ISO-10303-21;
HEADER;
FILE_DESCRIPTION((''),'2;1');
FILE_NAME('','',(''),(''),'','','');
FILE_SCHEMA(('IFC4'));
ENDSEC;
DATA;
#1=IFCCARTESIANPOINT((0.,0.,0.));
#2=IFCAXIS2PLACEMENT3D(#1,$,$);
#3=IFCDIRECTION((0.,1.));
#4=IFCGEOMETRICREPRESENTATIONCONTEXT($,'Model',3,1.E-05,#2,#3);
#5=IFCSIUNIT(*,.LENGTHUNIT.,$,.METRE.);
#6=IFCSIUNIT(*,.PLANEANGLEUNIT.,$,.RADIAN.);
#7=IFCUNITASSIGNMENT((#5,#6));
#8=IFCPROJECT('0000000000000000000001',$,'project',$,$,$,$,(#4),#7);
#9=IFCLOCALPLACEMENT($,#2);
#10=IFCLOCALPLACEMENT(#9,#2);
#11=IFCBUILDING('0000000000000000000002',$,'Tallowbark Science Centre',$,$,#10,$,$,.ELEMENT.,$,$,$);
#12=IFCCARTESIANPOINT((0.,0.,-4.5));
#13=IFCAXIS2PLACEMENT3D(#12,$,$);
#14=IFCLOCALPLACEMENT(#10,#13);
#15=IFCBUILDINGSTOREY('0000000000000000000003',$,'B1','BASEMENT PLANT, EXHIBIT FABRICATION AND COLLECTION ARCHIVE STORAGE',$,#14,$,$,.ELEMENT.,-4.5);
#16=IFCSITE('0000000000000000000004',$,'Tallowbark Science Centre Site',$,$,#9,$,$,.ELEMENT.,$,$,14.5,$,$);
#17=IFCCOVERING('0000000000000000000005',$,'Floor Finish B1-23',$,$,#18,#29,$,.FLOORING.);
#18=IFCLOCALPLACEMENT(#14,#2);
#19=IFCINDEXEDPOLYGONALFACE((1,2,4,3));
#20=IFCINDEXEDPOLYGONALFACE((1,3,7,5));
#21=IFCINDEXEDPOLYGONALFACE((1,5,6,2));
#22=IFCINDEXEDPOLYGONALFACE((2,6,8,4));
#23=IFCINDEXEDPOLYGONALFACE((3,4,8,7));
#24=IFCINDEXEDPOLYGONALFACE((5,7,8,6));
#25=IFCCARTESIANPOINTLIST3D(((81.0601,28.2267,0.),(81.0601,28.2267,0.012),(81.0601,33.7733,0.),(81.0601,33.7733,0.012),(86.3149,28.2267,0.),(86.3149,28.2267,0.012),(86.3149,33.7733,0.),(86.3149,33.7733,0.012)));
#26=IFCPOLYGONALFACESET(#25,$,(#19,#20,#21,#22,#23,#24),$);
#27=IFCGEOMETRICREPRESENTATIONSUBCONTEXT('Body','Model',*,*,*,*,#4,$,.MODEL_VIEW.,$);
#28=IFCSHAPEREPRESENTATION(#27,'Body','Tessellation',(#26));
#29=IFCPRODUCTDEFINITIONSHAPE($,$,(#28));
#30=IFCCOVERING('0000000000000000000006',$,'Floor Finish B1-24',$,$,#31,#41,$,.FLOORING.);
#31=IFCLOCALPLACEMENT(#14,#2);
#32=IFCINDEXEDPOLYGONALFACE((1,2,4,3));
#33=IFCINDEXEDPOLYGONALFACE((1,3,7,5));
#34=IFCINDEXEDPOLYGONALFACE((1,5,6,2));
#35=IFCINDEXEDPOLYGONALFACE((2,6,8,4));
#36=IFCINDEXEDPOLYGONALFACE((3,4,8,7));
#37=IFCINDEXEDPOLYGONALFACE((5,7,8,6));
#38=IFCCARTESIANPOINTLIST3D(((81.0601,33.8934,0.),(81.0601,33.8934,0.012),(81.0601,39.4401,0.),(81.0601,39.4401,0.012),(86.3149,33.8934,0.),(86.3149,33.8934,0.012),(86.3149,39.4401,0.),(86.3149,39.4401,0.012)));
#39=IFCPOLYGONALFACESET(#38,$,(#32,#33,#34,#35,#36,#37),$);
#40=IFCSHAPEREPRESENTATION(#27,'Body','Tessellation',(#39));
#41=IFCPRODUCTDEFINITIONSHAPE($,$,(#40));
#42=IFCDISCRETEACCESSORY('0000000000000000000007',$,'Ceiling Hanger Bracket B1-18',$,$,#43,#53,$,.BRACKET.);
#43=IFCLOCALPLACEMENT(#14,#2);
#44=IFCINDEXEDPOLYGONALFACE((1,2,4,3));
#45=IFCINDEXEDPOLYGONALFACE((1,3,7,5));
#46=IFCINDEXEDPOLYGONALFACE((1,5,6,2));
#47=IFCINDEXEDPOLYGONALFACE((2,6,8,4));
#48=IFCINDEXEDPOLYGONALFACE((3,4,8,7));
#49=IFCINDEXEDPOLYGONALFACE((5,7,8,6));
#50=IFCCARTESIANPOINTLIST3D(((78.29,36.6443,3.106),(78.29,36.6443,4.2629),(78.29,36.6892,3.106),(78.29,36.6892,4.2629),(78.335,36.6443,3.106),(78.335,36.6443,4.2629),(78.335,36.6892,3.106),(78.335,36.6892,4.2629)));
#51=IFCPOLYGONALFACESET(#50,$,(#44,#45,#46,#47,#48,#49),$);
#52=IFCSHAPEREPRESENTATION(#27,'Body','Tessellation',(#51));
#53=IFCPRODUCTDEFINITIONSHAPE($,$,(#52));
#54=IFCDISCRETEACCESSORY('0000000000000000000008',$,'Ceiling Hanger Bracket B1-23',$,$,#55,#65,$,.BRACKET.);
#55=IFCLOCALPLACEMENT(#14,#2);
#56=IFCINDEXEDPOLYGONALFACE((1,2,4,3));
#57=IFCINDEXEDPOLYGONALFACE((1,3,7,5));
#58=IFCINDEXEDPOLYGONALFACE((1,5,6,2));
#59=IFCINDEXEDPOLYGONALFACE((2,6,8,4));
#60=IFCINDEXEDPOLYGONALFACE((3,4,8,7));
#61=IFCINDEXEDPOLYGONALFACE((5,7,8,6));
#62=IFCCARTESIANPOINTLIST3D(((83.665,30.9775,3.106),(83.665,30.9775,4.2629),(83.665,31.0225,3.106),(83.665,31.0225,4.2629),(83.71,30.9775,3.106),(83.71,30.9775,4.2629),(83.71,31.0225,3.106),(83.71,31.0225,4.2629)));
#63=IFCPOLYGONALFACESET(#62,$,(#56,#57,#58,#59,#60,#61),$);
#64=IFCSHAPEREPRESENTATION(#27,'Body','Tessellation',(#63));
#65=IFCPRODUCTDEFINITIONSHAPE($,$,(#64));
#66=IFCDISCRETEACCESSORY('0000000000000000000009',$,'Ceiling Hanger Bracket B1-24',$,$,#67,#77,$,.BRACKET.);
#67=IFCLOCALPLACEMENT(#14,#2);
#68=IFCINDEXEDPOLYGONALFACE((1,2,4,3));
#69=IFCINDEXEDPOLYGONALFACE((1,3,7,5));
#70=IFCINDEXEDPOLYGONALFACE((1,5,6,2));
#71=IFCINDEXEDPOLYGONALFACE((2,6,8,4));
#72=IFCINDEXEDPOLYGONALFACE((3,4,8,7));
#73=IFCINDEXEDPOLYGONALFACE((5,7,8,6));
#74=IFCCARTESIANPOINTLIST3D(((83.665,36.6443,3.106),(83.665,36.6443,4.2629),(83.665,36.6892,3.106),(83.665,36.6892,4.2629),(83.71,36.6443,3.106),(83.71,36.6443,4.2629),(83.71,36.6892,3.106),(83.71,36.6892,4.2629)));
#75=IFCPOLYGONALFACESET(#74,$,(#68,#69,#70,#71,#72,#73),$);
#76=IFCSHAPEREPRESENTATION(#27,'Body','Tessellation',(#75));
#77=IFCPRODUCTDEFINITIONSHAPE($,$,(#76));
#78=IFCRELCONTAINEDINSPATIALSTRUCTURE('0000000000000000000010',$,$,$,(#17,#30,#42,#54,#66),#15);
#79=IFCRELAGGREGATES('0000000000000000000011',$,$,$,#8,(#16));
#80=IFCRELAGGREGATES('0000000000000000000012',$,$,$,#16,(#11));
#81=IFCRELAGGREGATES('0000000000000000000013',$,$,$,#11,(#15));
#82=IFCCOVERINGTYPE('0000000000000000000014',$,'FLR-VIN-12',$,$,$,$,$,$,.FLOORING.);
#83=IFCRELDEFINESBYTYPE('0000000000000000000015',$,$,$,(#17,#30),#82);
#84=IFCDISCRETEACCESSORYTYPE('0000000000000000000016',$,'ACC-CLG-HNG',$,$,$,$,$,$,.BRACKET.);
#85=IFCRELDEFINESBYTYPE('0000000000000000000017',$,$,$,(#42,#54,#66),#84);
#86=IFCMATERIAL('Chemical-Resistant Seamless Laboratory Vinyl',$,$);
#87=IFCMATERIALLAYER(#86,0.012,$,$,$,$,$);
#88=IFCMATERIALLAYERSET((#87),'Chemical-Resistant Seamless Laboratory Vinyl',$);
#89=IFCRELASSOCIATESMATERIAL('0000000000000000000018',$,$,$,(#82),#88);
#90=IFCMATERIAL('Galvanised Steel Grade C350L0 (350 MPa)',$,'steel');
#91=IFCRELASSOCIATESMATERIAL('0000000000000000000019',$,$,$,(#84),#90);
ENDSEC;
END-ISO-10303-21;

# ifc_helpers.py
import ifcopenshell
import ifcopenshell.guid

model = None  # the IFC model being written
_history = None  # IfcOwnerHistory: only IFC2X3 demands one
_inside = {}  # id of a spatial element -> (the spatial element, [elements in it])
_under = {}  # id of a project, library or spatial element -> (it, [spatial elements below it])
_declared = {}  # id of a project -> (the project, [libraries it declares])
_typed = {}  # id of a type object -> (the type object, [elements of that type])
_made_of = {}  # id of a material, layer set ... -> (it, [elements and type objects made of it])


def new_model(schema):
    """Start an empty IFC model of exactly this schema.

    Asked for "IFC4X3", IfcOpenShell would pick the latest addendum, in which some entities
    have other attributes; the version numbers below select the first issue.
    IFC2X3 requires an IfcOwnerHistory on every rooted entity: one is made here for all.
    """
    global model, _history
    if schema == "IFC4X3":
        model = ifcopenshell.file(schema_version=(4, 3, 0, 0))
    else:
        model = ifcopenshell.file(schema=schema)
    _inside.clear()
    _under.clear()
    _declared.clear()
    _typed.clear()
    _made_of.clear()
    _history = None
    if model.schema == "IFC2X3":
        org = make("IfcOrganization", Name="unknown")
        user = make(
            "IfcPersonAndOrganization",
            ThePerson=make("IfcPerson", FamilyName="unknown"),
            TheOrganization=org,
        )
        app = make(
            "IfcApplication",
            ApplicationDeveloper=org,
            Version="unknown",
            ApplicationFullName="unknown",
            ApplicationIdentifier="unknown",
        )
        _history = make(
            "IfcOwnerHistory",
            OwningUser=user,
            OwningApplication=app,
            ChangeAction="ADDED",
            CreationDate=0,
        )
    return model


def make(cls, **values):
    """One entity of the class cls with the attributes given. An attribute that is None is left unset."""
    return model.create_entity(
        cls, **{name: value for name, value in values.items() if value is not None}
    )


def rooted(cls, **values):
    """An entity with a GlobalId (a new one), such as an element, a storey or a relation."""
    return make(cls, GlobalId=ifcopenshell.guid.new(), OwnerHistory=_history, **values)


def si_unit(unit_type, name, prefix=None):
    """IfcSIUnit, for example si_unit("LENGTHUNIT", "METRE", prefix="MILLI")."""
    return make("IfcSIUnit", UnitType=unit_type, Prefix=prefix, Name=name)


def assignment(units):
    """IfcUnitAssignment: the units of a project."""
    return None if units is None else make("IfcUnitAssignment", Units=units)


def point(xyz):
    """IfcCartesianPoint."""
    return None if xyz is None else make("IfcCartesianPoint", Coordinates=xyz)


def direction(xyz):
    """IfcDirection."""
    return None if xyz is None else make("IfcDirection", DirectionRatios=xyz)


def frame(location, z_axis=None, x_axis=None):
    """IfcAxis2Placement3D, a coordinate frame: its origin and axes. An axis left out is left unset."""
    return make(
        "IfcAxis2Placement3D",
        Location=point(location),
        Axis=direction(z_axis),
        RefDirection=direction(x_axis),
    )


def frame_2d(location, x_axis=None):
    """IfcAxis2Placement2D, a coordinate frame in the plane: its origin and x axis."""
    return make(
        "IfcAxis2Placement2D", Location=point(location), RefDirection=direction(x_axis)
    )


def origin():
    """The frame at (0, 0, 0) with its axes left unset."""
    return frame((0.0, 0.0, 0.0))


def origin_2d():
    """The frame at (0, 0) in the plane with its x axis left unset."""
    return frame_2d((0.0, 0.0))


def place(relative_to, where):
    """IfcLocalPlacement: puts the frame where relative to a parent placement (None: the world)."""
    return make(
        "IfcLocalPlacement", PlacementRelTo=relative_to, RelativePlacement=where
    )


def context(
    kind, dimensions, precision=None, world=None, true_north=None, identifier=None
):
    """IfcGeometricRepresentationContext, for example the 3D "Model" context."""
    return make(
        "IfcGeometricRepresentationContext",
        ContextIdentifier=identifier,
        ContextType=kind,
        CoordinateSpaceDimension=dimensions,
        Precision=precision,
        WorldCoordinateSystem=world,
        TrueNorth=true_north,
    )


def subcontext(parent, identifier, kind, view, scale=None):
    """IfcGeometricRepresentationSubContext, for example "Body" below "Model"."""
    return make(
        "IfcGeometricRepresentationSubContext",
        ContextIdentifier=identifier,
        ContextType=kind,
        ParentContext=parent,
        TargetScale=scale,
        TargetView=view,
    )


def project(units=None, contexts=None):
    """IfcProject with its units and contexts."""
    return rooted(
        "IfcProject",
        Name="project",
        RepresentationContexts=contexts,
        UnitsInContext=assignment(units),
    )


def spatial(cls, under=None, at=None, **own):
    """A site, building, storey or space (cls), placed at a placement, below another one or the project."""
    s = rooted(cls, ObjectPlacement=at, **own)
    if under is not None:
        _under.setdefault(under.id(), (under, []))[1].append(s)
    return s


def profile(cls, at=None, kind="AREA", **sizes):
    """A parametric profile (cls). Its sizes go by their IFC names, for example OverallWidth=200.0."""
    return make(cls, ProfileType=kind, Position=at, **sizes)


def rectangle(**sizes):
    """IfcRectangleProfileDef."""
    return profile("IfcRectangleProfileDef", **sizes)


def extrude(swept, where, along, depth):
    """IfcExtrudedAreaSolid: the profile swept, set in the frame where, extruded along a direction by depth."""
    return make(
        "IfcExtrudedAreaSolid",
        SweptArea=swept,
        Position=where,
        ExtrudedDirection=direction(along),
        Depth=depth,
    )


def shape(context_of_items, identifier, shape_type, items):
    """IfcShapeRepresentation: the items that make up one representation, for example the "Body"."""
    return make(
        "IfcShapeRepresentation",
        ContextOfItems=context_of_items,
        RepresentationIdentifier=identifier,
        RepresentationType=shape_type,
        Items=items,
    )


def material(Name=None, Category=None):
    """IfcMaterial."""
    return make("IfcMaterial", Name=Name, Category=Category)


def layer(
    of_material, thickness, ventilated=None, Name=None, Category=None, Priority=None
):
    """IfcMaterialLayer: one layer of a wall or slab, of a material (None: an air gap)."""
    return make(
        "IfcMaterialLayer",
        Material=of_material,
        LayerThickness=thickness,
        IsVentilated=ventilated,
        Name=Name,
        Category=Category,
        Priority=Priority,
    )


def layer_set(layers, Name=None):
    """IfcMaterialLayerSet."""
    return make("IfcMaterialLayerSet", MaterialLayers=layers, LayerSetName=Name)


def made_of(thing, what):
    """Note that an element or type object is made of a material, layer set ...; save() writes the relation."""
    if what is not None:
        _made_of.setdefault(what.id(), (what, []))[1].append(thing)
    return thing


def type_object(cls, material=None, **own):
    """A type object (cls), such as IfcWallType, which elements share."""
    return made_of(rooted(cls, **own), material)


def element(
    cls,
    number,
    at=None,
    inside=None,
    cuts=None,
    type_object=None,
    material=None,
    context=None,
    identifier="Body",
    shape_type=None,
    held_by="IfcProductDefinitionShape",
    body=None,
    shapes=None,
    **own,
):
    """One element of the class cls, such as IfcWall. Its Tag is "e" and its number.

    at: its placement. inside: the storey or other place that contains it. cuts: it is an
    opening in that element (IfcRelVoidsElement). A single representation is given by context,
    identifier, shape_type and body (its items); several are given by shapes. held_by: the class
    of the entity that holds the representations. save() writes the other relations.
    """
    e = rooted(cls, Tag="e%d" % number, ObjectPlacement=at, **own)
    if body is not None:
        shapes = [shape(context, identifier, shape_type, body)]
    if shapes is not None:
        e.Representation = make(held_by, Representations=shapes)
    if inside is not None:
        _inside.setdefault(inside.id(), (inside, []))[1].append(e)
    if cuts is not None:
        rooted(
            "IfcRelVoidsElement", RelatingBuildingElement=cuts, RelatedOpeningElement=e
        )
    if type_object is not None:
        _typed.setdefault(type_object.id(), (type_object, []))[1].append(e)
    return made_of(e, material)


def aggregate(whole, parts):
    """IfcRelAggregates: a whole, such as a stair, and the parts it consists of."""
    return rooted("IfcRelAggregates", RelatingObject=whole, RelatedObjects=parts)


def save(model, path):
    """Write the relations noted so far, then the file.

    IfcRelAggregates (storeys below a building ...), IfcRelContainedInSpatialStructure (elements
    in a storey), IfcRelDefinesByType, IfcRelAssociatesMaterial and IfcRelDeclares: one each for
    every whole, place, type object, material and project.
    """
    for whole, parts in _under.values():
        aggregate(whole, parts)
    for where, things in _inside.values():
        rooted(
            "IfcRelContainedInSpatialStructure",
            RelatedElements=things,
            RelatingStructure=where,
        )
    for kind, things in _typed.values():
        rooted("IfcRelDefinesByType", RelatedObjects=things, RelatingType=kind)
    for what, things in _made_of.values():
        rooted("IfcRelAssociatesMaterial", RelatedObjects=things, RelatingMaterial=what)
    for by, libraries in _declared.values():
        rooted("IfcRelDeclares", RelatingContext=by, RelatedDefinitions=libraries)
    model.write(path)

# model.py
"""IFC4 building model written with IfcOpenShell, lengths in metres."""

from ifc_helpers import new_model, si_unit, direction, frame, origin, origin_2d, place, context, subcontext, project, spatial, rectangle, extrude, material, layer, layer_set, type_object, element, save


model = new_model("IFC4")

# Units and contexts
model_context = context("Model", 3, precision=1e-05, world=origin(), true_north=direction((0.0, 1.0)))
body_context = subcontext(model_context, "Body", "Model", "MODEL_VIEW")
ifc_project = project(units=[si_unit("LENGTHUNIT", "METRE"), si_unit("PLANEANGLEUNIT", "RADIAN")], contexts=[model_context])

# Site, building, storey
site_placement = place(None, origin())
site = spatial("IfcSite", under=ifc_project, at=site_placement, Name="Tallowbark Science Centre Site", CompositionType="ELEMENT", RefElevation=14.5)
building_placement = place(site_placement, origin())
building = spatial("IfcBuilding", under=site, at=building_placement, Name="Tallowbark Science Centre", CompositionType="ELEMENT")
storey_placement = place(building_placement, frame((0.0, 0.0, -4.5)))
storey = spatial("IfcBuildingStorey", under=building, at=storey_placement, Name="B1", Description="BASEMENT PLANT, EXHIBIT FABRICATION AND COLLECTION ARCHIVE STORAGE", CompositionType="ELEMENT", Elevation=-4.5)

# Coverings
ifc_material_1 = material(Name="Chemical-Resistant Seamless Laboratory Vinyl")
ifc_layer_1 = layer(ifc_material_1, 0.012)
ifc_layer_set_1 = layer_set([ifc_layer_1], Name="Chemical-Resistant Seamless Laboratory Vinyl")
covering_type_1 = type_object("IfcCoveringType", Name="FLR-VIN-12", PredefinedType="FLOORING", material=ifc_layer_set_1)
for number, where, z_axis, x_axis, name in (
    (1, (83.6875, 31.0, 0.0), (0.0, 0.0, 1.0), (1.0, 0.0, 0.0), "Floor Finish B1-23"),
    (2, (83.6875, 36.6667, 0.0), (0.0, 0.0, 1.0), (1.0, 0.0, 0.0), "Floor Finish B1-24"),
):
    element("IfcCovering", number, at=place(storey_placement, frame(where, z_axis=z_axis, x_axis=x_axis)), inside=storey, type_object=covering_type_1, Name=name, PredefinedType="FLOORING", context=body_context, shape_type="SweptSolid", body=[
        extrude(rectangle(XDim=5.2549, YDim=5.5466, at=origin_2d()), origin(), (0.0, 0.0, 1.0), 0.012),
    ])

# Discrete accessories
ifc_material_2 = material(Name="Galvanised Steel Grade C350L0 (350 MPa)", Category="steel")
discrete_accessory_type = type_object("IfcDiscreteAccessoryType", Name="ACC-CLG-HNG", PredefinedType="BRACKET", material=ifc_material_2)
for number, where, z_axis, x_axis, name in (
    (3, (78.3125, 36.6667, 3.106), (0.0, 0.0, 1.0), (1.0, 0.0, 0.0), "Ceiling Hanger Bracket B1-18"),
    (4, (83.6875, 31.0, 3.106), (0.0, 0.0, 1.0), (1.0, 0.0, 0.0), "Ceiling Hanger Bracket B1-23"),
    (5, (83.6875, 36.6667, 3.106), (0.0, 0.0, 1.0), (1.0, 0.0, 0.0), "Ceiling Hanger Bracket B1-24"),
):
    element("IfcDiscreteAccessory", number, at=place(storey_placement, frame(where, z_axis=z_axis, x_axis=x_axis)), inside=storey, type_object=discrete_accessory_type, Name=name, PredefinedType="BRACKET", context=body_context, shape_type="SweptSolid", body=[
        extrude(rectangle(XDim=0.0449, YDim=0.0449, at=origin_2d()), origin(), (0.0, 0.0, 1.0), 1.157),
    ])

save(model, "model.ifc")
